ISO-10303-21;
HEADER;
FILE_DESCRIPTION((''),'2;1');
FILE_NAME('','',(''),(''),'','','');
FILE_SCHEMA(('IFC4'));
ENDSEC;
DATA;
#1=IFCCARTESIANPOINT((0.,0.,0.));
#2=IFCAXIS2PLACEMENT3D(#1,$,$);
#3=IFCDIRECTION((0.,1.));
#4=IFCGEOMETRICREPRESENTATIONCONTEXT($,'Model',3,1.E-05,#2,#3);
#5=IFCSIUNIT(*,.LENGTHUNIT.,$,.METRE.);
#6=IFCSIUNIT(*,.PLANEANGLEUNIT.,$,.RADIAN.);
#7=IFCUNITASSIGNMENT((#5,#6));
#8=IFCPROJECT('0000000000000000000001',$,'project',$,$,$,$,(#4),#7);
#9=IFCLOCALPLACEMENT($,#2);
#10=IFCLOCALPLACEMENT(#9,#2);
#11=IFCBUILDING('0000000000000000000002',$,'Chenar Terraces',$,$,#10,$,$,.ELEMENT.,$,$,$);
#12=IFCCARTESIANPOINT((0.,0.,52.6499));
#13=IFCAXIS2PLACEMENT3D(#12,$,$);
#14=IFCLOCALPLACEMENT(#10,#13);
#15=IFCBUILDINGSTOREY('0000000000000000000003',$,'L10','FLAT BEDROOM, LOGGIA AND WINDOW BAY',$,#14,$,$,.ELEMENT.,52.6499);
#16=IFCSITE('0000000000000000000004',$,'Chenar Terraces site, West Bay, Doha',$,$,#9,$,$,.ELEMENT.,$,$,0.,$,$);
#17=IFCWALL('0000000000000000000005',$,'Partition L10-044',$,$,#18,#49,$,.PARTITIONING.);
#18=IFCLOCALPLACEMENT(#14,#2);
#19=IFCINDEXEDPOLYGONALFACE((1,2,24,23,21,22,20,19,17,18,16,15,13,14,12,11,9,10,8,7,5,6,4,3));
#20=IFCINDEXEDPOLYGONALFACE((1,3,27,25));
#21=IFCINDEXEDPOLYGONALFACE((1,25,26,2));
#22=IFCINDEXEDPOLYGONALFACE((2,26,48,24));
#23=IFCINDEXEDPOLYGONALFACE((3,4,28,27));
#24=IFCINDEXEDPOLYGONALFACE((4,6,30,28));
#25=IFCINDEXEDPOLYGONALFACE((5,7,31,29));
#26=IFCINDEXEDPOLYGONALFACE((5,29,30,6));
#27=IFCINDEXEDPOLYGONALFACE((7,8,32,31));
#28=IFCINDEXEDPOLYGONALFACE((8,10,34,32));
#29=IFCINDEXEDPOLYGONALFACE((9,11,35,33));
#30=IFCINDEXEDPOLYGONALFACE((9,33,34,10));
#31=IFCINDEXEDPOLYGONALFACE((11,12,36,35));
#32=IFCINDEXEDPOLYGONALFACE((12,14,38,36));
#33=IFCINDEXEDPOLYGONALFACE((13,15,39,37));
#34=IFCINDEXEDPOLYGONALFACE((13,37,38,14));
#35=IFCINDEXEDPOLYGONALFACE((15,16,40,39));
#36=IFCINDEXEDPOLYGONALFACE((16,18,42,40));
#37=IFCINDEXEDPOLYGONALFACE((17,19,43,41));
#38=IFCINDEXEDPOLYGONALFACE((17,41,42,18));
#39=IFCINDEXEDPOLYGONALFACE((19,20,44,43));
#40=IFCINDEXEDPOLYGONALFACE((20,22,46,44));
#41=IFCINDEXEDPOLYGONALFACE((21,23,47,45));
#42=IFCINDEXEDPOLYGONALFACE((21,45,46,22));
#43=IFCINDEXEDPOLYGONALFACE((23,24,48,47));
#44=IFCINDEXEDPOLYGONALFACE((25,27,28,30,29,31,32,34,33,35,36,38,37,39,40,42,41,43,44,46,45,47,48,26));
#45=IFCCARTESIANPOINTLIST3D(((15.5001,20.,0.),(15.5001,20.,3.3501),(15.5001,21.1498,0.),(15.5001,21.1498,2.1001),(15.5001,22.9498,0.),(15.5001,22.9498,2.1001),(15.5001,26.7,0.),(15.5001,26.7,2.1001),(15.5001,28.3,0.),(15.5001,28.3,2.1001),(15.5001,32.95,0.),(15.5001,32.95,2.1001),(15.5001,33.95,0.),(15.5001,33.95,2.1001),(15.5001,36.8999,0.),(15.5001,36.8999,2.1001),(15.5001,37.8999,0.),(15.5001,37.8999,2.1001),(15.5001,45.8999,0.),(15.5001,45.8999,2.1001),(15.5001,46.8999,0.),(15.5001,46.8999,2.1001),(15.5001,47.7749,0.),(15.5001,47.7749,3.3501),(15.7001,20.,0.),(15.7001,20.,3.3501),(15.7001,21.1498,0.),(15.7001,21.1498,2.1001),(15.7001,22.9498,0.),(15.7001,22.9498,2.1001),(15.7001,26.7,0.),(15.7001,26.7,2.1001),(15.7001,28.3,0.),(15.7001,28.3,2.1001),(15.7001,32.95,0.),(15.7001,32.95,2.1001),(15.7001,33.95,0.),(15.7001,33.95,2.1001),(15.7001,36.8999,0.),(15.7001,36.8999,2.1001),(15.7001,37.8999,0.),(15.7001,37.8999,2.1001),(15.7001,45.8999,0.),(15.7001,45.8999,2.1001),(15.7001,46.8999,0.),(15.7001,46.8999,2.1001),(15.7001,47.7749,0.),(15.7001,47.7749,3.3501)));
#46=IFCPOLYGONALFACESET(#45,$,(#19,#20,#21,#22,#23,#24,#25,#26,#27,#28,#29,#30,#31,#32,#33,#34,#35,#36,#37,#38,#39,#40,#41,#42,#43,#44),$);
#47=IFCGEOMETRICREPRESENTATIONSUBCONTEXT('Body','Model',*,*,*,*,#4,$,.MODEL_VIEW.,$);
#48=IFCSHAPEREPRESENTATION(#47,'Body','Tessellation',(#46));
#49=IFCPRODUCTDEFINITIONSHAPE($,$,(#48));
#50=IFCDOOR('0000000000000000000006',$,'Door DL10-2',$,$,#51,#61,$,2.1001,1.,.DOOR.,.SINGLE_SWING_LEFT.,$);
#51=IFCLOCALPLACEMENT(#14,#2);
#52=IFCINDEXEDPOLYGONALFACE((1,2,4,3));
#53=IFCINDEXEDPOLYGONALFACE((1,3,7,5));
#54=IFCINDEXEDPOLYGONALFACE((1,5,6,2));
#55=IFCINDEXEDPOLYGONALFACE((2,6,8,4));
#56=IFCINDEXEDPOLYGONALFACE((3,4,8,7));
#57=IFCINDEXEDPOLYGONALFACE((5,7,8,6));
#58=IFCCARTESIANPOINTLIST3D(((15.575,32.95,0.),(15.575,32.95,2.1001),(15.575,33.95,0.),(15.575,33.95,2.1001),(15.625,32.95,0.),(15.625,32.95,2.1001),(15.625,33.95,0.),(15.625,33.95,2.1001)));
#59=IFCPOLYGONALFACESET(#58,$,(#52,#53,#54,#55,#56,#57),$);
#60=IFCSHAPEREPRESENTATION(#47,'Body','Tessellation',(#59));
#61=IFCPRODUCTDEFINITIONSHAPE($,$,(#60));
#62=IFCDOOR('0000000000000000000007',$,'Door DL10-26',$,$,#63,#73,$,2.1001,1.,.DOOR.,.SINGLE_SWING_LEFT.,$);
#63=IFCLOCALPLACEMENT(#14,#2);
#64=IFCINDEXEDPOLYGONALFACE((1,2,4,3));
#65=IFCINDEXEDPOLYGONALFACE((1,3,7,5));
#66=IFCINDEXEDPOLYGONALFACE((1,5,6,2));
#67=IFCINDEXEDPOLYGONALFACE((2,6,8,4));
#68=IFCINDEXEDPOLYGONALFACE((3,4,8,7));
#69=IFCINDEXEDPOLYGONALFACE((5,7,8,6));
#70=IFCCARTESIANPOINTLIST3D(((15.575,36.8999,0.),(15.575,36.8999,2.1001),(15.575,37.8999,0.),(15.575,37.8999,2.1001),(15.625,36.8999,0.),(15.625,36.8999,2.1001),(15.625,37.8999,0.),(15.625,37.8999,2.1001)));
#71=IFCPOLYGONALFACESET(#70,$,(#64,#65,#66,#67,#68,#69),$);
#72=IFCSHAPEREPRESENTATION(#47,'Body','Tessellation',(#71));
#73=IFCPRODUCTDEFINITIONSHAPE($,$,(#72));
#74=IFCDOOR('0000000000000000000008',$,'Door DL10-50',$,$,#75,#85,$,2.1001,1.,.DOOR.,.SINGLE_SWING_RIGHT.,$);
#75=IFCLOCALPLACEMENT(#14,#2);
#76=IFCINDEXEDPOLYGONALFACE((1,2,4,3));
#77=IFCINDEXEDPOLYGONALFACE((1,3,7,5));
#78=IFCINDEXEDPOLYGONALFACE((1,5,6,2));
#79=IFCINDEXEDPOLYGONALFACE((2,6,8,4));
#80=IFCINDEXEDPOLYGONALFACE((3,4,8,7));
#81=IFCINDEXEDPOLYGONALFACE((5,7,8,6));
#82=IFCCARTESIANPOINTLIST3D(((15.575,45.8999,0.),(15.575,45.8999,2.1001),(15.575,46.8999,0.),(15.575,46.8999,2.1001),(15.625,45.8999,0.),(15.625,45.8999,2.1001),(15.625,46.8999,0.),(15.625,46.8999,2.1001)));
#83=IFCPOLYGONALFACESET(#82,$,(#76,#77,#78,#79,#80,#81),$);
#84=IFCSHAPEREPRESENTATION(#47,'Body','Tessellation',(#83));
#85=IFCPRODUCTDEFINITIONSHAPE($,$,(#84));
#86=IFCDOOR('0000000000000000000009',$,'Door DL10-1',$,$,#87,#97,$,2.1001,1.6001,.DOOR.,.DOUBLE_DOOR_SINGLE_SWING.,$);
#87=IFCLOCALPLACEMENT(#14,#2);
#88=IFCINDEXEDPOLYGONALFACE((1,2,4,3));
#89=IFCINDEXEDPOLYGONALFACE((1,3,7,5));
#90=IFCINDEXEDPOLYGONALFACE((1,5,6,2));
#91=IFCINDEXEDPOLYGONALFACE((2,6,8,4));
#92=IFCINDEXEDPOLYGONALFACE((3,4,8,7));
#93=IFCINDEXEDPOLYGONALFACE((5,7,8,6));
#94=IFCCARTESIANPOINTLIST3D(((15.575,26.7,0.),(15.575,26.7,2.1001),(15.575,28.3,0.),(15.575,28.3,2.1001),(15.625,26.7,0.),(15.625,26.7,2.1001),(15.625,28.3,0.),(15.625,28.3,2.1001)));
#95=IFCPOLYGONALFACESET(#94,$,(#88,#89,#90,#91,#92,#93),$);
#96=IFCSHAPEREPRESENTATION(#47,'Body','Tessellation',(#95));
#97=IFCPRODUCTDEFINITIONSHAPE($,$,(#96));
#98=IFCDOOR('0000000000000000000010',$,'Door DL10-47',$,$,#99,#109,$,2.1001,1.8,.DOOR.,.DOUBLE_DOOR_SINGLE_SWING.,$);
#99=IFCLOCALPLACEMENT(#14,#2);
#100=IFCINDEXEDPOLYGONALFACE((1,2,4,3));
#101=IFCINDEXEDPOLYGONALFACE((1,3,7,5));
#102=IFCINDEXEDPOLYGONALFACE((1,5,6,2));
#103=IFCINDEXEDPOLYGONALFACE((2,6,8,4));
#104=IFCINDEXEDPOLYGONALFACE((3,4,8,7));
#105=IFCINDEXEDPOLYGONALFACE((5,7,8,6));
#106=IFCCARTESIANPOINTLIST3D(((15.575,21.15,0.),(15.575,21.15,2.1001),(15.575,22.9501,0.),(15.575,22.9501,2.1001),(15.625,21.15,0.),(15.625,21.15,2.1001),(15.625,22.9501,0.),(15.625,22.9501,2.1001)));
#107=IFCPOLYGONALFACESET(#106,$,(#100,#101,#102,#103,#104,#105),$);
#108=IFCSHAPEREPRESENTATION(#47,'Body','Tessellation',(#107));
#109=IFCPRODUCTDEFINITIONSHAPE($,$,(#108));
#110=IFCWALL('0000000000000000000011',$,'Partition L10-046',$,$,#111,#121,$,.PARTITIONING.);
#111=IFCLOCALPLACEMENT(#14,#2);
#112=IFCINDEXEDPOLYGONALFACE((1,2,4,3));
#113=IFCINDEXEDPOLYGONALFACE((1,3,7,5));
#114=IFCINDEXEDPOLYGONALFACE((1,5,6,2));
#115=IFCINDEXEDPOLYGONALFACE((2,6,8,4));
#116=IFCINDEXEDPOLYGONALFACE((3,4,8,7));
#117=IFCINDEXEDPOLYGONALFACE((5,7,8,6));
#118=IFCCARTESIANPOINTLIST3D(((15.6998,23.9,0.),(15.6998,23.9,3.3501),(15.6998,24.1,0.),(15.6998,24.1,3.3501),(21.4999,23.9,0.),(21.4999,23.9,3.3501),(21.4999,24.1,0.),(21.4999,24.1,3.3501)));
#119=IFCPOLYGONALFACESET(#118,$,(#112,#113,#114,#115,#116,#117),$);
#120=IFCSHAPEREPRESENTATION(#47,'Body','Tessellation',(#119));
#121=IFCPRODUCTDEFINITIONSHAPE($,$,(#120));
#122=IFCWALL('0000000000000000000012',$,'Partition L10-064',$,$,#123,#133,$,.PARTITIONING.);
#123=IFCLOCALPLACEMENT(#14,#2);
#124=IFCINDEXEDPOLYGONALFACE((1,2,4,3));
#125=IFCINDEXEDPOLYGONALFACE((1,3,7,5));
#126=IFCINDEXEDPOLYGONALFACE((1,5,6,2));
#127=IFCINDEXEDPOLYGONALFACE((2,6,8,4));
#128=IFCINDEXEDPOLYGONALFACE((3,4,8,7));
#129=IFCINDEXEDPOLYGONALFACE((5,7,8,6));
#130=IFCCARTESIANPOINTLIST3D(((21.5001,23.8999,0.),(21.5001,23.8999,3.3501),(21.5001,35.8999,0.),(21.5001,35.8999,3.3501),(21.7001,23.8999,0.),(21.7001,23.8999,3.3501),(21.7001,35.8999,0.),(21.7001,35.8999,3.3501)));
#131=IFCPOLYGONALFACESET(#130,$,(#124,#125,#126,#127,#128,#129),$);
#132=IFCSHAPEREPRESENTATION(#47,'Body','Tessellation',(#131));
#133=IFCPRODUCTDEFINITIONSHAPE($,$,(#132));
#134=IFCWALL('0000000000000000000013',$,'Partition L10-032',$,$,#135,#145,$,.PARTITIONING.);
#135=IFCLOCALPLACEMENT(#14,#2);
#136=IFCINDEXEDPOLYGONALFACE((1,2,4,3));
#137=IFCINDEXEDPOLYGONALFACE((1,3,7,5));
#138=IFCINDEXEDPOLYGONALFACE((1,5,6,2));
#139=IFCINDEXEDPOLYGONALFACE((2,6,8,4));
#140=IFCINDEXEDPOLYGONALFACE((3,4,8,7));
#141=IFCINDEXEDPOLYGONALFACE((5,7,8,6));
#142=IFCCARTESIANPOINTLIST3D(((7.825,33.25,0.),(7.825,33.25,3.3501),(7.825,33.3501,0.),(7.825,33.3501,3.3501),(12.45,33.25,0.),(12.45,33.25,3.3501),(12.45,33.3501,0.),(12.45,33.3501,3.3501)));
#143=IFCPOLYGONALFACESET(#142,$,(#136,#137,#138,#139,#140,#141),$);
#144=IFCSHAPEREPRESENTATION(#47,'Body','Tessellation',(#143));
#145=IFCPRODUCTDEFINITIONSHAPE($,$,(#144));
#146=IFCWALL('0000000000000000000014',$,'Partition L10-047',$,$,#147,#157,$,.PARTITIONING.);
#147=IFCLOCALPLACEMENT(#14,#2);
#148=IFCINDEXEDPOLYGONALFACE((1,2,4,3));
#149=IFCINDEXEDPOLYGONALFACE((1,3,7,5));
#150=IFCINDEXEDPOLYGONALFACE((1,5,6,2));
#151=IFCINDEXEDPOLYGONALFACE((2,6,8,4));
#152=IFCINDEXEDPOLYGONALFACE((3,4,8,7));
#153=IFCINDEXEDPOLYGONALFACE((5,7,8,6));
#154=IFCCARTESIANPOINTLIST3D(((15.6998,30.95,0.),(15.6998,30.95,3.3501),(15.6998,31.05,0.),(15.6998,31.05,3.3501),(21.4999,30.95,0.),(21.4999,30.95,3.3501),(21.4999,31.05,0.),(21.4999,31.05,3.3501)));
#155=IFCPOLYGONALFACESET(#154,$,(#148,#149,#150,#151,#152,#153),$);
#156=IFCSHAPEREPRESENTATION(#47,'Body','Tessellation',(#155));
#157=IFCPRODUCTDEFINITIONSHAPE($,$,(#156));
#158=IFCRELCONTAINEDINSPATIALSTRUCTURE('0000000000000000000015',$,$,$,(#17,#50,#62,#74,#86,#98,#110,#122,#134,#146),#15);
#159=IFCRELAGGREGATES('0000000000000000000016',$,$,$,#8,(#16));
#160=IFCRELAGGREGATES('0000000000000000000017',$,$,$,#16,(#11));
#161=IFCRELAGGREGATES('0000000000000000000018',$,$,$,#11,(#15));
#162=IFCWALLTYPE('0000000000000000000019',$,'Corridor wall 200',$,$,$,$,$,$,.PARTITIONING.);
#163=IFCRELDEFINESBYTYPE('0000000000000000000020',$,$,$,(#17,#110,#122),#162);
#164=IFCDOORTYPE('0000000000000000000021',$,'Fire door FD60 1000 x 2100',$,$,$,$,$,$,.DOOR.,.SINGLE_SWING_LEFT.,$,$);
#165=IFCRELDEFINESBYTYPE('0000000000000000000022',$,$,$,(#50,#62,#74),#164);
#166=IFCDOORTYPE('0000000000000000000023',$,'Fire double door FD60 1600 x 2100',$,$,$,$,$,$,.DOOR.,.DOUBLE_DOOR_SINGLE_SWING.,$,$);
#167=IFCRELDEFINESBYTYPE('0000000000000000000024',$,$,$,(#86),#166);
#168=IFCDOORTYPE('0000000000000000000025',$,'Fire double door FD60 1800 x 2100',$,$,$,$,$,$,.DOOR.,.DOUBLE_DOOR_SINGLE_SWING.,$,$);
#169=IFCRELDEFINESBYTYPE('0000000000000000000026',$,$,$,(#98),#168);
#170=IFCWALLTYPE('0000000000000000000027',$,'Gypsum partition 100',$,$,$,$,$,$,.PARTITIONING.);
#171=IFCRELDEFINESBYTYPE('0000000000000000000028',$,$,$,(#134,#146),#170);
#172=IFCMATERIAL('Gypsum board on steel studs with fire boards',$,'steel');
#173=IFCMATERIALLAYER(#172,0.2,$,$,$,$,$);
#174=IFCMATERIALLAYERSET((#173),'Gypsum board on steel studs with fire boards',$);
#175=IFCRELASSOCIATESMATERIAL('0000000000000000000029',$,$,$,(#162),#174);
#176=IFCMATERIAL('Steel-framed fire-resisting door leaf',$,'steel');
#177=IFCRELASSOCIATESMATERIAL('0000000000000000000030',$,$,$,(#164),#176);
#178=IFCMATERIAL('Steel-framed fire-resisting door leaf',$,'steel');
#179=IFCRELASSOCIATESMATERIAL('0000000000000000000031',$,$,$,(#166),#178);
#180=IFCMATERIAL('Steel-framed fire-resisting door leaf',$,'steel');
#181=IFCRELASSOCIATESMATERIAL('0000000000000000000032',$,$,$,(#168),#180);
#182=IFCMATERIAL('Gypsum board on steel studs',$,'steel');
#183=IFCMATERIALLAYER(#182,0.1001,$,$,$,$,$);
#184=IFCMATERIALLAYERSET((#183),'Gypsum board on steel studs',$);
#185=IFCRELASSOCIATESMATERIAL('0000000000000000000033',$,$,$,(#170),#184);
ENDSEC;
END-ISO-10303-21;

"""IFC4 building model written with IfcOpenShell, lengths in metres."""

from ifc_helpers import new_model, si_unit, direction, frame, frame_2d, origin, place, context, subcontext, project, spatial, rectangle, extrude, material, layer, layer_set, type_object, element, fill, save


model = new_model("IFC4")

# Units and contexts
model_context = context("Model", 3, precision=1e-05, world=origin(), true_north=direction((0.0, 1.0)))
body_context = subcontext(model_context, "Body", "Model", "MODEL_VIEW")
ifc_project = project(units=[si_unit("LENGTHUNIT", "METRE"), si_unit("PLANEANGLEUNIT", "RADIAN")], contexts=[model_context])

# Site, building, storey
site_placement = place(None, origin())
site = spatial("IfcSite", under=ifc_project, at=site_placement, Name="Chenar Terraces site, West Bay, Doha", CompositionType="ELEMENT", RefElevation=0.0)
building_placement = place(site_placement, origin())
building = spatial("IfcBuilding", under=site, at=building_placement, Name="Chenar Terraces", CompositionType="ELEMENT")
storey_placement = place(building_placement, frame((0.0, 0.0, 52.6499)))
storey = spatial("IfcBuildingStorey", under=building, at=storey_placement, Name="L10", Description="FLAT BEDROOM, LOGGIA AND WINDOW BAY", CompositionType="ELEMENT", Elevation=52.6499)

# Wall, openings, doors
ifc_material_1 = material(Name="Gypsum board on steel studs with fire boards", Category="steel")
ifc_layer_1 = layer(ifc_material_1, 0.2)
ifc_layer_set_1 = layer_set([ifc_layer_1], Name="Gypsum board on steel studs with fire boards")
wall_type_1 = type_object("IfcWallType", Name="Corridor wall 200", PredefinedType="PARTITIONING", material=ifc_layer_set_1)
wall_1_placement = place(storey_placement, frame((15.6001, 20.0, 0.0), z_axis=(0.0, 0.0, 1.0), x_axis=(0.0, 1.0, 0.0)))
wall_1 = element("IfcWall", 1, at=wall_1_placement, inside=storey, type_object=wall_type_1, Name="Partition L10-044", PredefinedType="PARTITIONING", context=body_context, shape_type="SweptSolid", body=[
    extrude(rectangle(XDim=27.7749, YDim=0.2, at=frame_2d((13.8875, 0.0))), origin(), (0.0, 0.0, 1.0), 3.3501),
])
opening_1_placement = place(wall_1_placement, frame((6.7, 0.0, 0.0)))
opening_1 = element("IfcOpeningElement", 2, at=opening_1_placement, cuts=wall_1, PredefinedType="OPENING", context=body_context, shape_type="SweptSolid", body=[
    extrude(rectangle(XDim=1.6001, YDim=2.1001, at=frame_2d((0.8, 1.05))), frame((0.0, 0.1099, 0.0), z_axis=(0.0, -1.0, 0.0), x_axis=(1.0, 0.0, 0.0)), (0.0, 0.0, 1.0), 0.22),
])
opening_2_placement = place(wall_1_placement, frame((12.95, 0.0, 0.0)))
opening_2 = element("IfcOpeningElement", 3, at=opening_2_placement, cuts=wall_1, PredefinedType="OPENING", context=body_context, shape_type="SweptSolid", body=[
    extrude(rectangle(XDim=1.0, YDim=2.1001, at=frame_2d((0.5, 1.05))), frame((0.0, 0.1099, 0.0), z_axis=(0.0, -1.0, 0.0), x_axis=(1.0, 0.0, 0.0)), (0.0, 0.0, 1.0), 0.22),
])
opening_3_placement = place(wall_1_placement, frame((16.8999, 0.0, 0.0)))
opening_3 = element("IfcOpeningElement", 4, at=opening_3_placement, cuts=wall_1, PredefinedType="OPENING", context=body_context, shape_type="SweptSolid", body=[
    extrude(rectangle(XDim=1.0, YDim=2.1001, at=frame_2d((0.5, 1.05))), frame((0.0, 0.1099, 0.0), z_axis=(0.0, -1.0, 0.0), x_axis=(1.0, 0.0, 0.0)), (0.0, 0.0, 1.0), 0.22),
])
opening_4_placement = place(wall_1_placement, frame((1.1499, 0.0, 0.0)))
opening_4 = element("IfcOpeningElement", 5, at=opening_4_placement, cuts=wall_1, PredefinedType="OPENING", context=body_context, shape_type="SweptSolid", body=[
    extrude(rectangle(XDim=1.8, YDim=2.1001, at=frame_2d((0.8999, 1.05))), frame((0.0, 0.1099, 0.0), z_axis=(0.0, -1.0, 0.0), x_axis=(1.0, 0.0, 0.0)), (0.0, 0.0, 1.0), 0.22),
])
opening_5_placement = place(wall_1_placement, frame((25.8999, 0.0, 0.0)))
opening_5 = element("IfcOpeningElement", 6, at=opening_5_placement, cuts=wall_1, PredefinedType="OPENING", context=body_context, shape_type="SweptSolid", body=[
    extrude(rectangle(XDim=1.0, YDim=2.1001, at=frame_2d((0.5, 1.05))), frame((0.0, 0.1099, 0.0), z_axis=(0.0, -1.0, 0.0), x_axis=(1.0, 0.0, 0.0)), (0.0, 0.0, 1.0), 0.22),
])
ifc_material_2 = material(Name="Steel-framed fire-resisting door leaf", Category="steel")
door_type_1 = type_object("IfcDoorType", Name="Fire door FD60 1000 x 2100", OperationType="SINGLE_SWING_LEFT", PredefinedType="DOOR", material=ifc_material_2)
door_1_placement = place(opening_2_placement, frame((1.0, 0.0, 0.0), z_axis=(0.0, 0.0, 1.0), x_axis=(-1.0, 0.0, 0.0)))
door_1 = element("IfcDoor", 7, at=door_1_placement, inside=storey, type_object=door_type_1, Name="Door DL10-2", OperationType="SINGLE_SWING_LEFT", OverallHeight=2.1001, OverallWidth=1.0, PredefinedType="DOOR", context=body_context, shape_type="SweptSolid", body=[
    extrude(rectangle(XDim=1.0, YDim=2.1001, at=frame_2d((0.5, 1.05))), frame((0.0, 0.0249, 0.0), z_axis=(0.0, -1.0, 0.0), x_axis=(1.0, 0.0, 0.0)), (0.0, 0.0, 1.0), 0.05),
])
fill(opening_2, door_1)
door_2_placement = place(opening_3_placement, frame((1.0, 0.0, 0.0), z_axis=(0.0, 0.0, 1.0), x_axis=(-1.0, 0.0, 0.0)))
door_2 = element("IfcDoor", 8, at=door_2_placement, inside=storey, type_object=door_type_1, Name="Door DL10-26", OperationType="SINGLE_SWING_LEFT", OverallHeight=2.1001, OverallWidth=1.0, PredefinedType="DOOR", context=body_context, shape_type="SweptSolid", body=[
    extrude(rectangle(XDim=1.0, YDim=2.1001, at=frame_2d((0.5, 1.05))), frame((0.0, 0.0249, 0.0), z_axis=(0.0, -1.0, 0.0), x_axis=(1.0, 0.0, 0.0)), (0.0, 0.0, 1.0), 0.05),
])
fill(opening_3, door_2)
door_3_placement = place(opening_5_placement, frame((1.0, 0.0, 0.0), z_axis=(0.0, 0.0, 1.0), x_axis=(-1.0, 0.0, 0.0)))
door_3 = element("IfcDoor", 9, at=door_3_placement, inside=storey, type_object=door_type_1, Name="Door DL10-50", OperationType="SINGLE_SWING_RIGHT", OverallHeight=2.1001, OverallWidth=1.0, PredefinedType="DOOR", context=body_context, shape_type="SweptSolid", body=[
    extrude(rectangle(XDim=1.0, YDim=2.1001, at=frame_2d((0.5, 1.05))), frame((0.0, 0.0249, 0.0), z_axis=(0.0, -1.0, 0.0), x_axis=(1.0, 0.0, 0.0)), (0.0, 0.0, 1.0), 0.05),
])
fill(opening_5, door_3)
ifc_material_3 = material(Name="Steel-framed fire-resisting door leaf", Category="steel")
door_type_2 = type_object("IfcDoorType", Name="Fire double door FD60 1600 x 2100", OperationType="DOUBLE_DOOR_SINGLE_SWING", PredefinedType="DOOR", material=ifc_material_3)
door_4_placement = place(opening_1_placement, frame((1.6001, 0.0, 0.0), z_axis=(0.0, 0.0, 1.0), x_axis=(-1.0, 0.0, 0.0)))
door_4 = element("IfcDoor", 10, at=door_4_placement, inside=storey, type_object=door_type_2, Name="Door DL10-1", OperationType="DOUBLE_DOOR_SINGLE_SWING", OverallHeight=2.1001, OverallWidth=1.6001, PredefinedType="DOOR", context=body_context, shape_type="SweptSolid", body=[
    extrude(rectangle(XDim=1.6001, YDim=2.1001, at=frame_2d((0.8, 1.05))), frame((0.0, 0.0249, 0.0), z_axis=(0.0, -1.0, 0.0), x_axis=(1.0, 0.0, 0.0)), (0.0, 0.0, 1.0), 0.05),
])
fill(opening_1, door_4)
ifc_material_4 = material(Name="Steel-framed fire-resisting door leaf", Category="steel")
door_type_3 = type_object("IfcDoorType", Name="Fire double door FD60 1800 x 2100", OperationType="DOUBLE_DOOR_SINGLE_SWING", PredefinedType="DOOR", material=ifc_material_4)
door_5_placement = place(opening_4_placement, frame((1.8, 0.0, 0.0), z_axis=(0.0, 0.0, 1.0), x_axis=(-1.0, 0.0, 0.0)))
door_5 = element("IfcDoor", 11, at=door_5_placement, inside=storey, type_object=door_type_3, Name="Door DL10-47", OperationType="DOUBLE_DOOR_SINGLE_SWING", OverallHeight=2.1001, OverallWidth=1.8, PredefinedType="DOOR", context=body_context, shape_type="SweptSolid", body=[
    extrude(rectangle(XDim=1.8, YDim=2.1001, at=frame_2d((0.8999, 1.05))), frame((0.0, 0.0249, 0.0), z_axis=(0.0, -1.0, 0.0), x_axis=(1.0, 0.0, 0.0)), (0.0, 0.0, 1.0), 0.05),
])
fill(opening_4, door_5)

# Walls
wall_2_placement = place(storey_placement, frame((15.7, 24.0, 0.0), z_axis=(0.0, 0.0, 1.0), x_axis=(1.0, 0.0, 0.0)))
element("IfcWall", 12, at=wall_2_placement, inside=storey, type_object=wall_type_1, Name="Partition L10-046", PredefinedType="PARTITIONING", context=body_context, shape_type="SweptSolid", body=[
    extrude(rectangle(XDim=5.8, YDim=0.2, at=frame_2d((2.8999, 0.0))), origin(), (0.0, 0.0, 1.0), 3.3501),
])
wall_3_placement = place(storey_placement, frame((21.6001, 23.8999, 0.0), z_axis=(0.0, 0.0, 1.0), x_axis=(0.0, 1.0, 0.0)))
element("IfcWall", 13, at=wall_3_placement, inside=storey, type_object=wall_type_1, Name="Partition L10-064", PredefinedType="PARTITIONING", context=body_context, shape_type="SweptSolid", body=[
    extrude(rectangle(XDim=12.0, YDim=0.2, at=frame_2d((6.0, 0.0))), origin(), (0.0, 0.0, 1.0), 3.3501),
])
ifc_material_5 = material(Name="Gypsum board on steel studs", Category="steel")
ifc_layer_2 = layer(ifc_material_5, 0.1001)
ifc_layer_set_2 = layer_set([ifc_layer_2], Name="Gypsum board on steel studs")
wall_type_2 = type_object("IfcWallType", Name="Gypsum partition 100", PredefinedType="PARTITIONING", material=ifc_layer_set_2)
wall_4_placement = place(storey_placement, frame((7.825, 33.3, 0.0), z_axis=(0.0, 0.0, 1.0), x_axis=(1.0, 0.0, 0.0)))
element("IfcWall", 14, at=wall_4_placement, inside=storey, type_object=wall_type_2, Name="Partition L10-032", PredefinedType="PARTITIONING", context=body_context, shape_type="SweptSolid", body=[
    extrude(rectangle(XDim=4.625, YDim=0.1001, at=frame_2d((2.3125, 0.0))), origin(), (0.0, 0.0, 1.0), 3.3501),
])
wall_5_placement = place(storey_placement, frame((15.7, 31.0, 0.0), z_axis=(0.0, 0.0, 1.0), x_axis=(1.0, 0.0, 0.0)))
element("IfcWall", 15, at=wall_5_placement, inside=storey, type_object=wall_type_2, Name="Partition L10-047", PredefinedType="PARTITIONING", context=body_context, shape_type="SweptSolid", body=[
    extrude(rectangle(XDim=5.8, YDim=0.1001, at=frame_2d((2.8999, 0.0))), origin(), (0.0, 0.0, 1.0), 3.3501),
])

save(model, "model.ifc")
